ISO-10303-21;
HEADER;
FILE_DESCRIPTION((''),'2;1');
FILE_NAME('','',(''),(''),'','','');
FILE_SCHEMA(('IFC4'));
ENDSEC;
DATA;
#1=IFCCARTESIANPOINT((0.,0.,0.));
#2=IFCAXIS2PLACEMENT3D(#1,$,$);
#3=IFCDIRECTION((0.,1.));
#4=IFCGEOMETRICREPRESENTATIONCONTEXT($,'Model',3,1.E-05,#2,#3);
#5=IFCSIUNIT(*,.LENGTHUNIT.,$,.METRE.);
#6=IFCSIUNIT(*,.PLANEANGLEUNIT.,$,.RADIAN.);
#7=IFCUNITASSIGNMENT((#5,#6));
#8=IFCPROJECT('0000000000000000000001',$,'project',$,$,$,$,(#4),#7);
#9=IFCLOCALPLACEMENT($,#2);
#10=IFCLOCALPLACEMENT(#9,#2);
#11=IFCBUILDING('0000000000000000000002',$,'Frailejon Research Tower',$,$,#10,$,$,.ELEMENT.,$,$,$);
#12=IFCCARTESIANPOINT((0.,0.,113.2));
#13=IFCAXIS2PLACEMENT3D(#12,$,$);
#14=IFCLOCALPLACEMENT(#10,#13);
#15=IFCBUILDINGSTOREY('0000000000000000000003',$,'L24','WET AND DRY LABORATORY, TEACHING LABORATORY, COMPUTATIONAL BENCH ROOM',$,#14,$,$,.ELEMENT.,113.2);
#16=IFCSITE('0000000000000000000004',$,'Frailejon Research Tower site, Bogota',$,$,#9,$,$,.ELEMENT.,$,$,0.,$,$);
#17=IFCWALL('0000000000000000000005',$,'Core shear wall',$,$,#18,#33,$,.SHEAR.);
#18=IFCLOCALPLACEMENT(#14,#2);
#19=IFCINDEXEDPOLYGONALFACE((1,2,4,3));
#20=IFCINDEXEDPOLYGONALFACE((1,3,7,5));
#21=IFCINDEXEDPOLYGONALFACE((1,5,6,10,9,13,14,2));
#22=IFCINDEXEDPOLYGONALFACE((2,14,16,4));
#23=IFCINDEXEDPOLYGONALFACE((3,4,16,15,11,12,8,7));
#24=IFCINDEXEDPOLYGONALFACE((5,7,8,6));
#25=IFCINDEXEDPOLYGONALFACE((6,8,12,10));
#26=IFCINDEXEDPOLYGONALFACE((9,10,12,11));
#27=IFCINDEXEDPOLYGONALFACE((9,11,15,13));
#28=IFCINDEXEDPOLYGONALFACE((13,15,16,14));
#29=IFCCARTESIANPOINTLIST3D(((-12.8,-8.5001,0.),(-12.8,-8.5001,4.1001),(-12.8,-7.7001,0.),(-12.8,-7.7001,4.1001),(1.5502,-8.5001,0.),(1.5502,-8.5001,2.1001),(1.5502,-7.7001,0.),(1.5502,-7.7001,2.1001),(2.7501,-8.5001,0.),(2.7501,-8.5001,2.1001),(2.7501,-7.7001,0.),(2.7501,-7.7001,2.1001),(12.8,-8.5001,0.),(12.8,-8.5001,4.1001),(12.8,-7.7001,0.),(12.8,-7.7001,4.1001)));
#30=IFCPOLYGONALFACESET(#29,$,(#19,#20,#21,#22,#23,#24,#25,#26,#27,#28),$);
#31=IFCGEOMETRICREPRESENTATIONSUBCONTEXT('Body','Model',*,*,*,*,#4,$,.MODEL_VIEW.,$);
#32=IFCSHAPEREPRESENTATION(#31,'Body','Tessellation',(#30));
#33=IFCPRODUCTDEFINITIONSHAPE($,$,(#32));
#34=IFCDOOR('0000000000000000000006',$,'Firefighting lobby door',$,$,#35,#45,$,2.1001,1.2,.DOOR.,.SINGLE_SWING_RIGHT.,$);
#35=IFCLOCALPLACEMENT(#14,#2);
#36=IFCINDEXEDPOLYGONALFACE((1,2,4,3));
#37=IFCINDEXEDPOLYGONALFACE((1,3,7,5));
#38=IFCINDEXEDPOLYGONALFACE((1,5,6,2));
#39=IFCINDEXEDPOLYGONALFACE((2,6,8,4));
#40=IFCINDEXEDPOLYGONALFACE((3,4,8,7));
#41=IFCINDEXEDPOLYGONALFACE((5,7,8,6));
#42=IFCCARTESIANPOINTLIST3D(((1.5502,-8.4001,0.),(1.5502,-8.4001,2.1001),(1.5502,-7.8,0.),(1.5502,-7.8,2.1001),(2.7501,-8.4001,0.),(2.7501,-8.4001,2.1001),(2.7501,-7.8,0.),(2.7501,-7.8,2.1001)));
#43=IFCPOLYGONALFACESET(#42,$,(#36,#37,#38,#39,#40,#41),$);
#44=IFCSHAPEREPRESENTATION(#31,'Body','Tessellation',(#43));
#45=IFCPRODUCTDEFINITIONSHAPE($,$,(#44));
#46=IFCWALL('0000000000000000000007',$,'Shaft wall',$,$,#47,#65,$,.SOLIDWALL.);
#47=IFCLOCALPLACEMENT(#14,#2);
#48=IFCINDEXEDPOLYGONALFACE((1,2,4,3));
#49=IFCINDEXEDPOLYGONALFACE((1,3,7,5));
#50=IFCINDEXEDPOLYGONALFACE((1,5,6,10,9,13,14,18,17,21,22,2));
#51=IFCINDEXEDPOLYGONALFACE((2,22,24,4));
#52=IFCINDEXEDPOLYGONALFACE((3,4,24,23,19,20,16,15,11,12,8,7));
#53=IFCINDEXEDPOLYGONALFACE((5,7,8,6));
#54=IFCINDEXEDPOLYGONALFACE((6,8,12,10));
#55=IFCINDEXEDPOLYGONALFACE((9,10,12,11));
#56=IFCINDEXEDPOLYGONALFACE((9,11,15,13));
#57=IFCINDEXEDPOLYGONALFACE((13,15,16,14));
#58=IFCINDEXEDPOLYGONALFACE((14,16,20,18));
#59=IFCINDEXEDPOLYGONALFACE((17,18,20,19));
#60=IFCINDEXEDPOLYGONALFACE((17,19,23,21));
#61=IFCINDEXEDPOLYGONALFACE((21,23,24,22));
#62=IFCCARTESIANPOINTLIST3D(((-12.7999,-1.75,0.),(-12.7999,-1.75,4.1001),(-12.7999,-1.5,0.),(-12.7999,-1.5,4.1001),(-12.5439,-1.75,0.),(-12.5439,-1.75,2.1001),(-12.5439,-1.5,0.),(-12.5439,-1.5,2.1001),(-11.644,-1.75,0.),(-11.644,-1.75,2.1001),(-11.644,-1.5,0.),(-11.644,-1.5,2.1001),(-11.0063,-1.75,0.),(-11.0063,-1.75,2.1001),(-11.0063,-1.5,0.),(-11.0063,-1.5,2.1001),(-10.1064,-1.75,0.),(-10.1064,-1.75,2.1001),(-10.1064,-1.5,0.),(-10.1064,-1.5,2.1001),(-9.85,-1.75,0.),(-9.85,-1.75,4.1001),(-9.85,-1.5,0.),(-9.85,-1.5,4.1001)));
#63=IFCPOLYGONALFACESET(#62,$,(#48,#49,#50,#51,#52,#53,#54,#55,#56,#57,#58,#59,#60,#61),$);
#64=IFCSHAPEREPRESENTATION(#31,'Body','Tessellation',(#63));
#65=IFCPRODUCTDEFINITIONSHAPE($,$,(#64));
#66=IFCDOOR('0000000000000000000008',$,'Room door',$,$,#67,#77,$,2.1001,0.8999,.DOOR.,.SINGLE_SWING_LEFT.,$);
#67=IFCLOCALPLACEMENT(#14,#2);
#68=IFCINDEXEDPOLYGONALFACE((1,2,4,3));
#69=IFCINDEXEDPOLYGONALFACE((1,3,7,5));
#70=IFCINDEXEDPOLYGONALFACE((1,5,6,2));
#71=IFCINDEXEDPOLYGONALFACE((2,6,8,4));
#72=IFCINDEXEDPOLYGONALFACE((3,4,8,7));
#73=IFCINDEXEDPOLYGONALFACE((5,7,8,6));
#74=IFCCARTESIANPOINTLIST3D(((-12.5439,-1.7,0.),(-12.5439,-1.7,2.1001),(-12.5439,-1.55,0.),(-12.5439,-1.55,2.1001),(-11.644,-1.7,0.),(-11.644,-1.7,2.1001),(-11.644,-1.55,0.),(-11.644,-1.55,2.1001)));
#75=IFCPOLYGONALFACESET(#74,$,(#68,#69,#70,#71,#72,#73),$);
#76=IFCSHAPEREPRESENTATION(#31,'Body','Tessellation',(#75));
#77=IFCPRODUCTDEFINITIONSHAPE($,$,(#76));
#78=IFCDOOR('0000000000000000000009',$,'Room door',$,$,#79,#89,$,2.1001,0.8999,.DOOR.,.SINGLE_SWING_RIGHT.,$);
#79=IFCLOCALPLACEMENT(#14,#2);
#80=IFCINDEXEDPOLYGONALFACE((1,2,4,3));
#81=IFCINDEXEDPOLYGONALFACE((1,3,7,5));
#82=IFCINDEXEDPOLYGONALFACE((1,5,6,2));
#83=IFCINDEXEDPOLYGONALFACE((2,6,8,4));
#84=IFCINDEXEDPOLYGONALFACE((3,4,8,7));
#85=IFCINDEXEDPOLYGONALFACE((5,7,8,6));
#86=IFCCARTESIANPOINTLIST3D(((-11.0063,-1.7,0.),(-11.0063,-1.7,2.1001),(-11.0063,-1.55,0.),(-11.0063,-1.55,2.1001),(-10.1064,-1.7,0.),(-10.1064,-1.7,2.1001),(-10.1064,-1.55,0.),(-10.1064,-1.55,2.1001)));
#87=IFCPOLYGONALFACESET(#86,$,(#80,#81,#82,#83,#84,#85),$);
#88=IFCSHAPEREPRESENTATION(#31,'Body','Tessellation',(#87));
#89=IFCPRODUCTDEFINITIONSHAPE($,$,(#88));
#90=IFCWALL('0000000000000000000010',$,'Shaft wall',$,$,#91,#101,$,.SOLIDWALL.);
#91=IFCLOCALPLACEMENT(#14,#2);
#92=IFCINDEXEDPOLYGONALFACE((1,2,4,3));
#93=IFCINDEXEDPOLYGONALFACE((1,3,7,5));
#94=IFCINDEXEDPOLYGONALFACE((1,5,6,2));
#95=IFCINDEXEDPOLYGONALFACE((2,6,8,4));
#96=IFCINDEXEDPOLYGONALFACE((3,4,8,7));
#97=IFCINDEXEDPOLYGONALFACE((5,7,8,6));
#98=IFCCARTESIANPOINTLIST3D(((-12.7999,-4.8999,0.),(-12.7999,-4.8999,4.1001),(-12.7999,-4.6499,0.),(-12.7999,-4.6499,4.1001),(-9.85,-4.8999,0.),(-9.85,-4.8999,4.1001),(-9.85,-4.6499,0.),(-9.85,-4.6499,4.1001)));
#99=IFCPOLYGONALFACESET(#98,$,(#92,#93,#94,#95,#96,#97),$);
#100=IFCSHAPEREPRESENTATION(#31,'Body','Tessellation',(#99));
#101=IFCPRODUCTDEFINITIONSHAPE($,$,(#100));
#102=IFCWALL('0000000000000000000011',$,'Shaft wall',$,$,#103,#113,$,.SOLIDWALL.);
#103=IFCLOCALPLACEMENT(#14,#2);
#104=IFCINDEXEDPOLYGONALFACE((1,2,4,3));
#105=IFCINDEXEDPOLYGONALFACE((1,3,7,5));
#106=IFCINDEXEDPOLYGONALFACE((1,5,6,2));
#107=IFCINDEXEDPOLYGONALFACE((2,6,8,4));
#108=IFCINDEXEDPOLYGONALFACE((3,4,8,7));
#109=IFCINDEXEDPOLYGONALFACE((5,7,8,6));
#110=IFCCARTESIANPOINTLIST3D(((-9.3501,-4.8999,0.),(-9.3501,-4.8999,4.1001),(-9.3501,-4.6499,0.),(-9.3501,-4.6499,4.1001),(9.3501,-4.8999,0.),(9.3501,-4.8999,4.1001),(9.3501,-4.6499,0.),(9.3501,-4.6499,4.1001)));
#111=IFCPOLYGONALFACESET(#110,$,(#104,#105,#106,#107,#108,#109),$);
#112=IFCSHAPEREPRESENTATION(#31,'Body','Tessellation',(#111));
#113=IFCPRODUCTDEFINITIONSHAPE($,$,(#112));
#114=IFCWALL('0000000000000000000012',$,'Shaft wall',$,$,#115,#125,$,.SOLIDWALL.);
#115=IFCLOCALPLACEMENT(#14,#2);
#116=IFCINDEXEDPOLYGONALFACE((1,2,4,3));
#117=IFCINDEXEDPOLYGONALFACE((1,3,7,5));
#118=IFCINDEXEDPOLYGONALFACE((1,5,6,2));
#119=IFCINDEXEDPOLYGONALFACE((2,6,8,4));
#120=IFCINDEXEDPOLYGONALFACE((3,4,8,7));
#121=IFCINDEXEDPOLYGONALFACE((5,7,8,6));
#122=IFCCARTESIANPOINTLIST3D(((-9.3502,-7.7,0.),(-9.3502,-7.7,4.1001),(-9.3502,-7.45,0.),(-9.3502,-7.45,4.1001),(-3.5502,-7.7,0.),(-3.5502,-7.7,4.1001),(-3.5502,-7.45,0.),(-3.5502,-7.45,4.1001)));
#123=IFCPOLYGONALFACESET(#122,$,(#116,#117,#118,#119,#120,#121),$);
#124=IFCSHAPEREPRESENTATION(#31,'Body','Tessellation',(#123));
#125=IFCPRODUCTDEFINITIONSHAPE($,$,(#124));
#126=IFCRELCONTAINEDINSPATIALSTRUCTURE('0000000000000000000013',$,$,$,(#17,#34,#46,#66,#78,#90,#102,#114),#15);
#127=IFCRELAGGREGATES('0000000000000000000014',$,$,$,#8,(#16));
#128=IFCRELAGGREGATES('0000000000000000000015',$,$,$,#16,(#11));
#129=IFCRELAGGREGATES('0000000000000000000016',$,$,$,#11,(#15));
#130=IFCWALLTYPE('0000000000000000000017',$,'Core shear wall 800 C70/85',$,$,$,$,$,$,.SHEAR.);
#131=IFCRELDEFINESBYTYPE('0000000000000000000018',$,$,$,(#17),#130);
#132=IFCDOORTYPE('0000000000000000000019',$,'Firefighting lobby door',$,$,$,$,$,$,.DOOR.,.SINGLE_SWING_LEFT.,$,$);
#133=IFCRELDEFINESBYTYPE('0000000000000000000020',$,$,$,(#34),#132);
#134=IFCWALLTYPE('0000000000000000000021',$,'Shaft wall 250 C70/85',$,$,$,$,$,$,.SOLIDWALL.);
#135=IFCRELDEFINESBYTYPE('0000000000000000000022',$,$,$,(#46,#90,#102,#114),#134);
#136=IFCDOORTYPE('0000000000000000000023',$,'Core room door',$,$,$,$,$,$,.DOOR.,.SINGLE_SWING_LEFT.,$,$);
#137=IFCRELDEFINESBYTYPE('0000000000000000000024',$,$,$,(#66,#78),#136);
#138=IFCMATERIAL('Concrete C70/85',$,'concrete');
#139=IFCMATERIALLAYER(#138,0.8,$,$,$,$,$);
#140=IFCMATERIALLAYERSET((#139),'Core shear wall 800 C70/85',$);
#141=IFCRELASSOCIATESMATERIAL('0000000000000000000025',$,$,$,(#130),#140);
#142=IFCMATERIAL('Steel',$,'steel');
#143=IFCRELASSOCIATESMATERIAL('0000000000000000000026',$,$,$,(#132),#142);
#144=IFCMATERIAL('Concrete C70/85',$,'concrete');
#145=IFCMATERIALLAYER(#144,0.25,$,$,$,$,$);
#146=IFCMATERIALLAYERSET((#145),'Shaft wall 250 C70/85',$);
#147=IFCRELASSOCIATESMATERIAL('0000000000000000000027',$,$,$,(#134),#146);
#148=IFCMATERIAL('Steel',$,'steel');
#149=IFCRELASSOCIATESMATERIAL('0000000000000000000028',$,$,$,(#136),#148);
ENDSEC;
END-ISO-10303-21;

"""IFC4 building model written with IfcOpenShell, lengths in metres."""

from ifc_helpers import new_model, si_unit, direction, frame, frame_2d, origin, place, context, subcontext, project, spatial, rectangle, extrude, material, layer, layer_set, type_object, element, fill, save


model = new_model("IFC4")

# Units and contexts
model_context = context("Model", 3, precision=1e-05, world=origin(), true_north=direction((0.0, 1.0)))
body_context = subcontext(model_context, "Body", "Model", "MODEL_VIEW")
ifc_project = project(units=[si_unit("LENGTHUNIT", "METRE"), si_unit("PLANEANGLEUNIT", "RADIAN")], contexts=[model_context])

# Site, building, storey
site_placement = place(None, origin())
site = spatial("IfcSite", under=ifc_project, at=site_placement, Name="Frailejon Research Tower site, Bogota", CompositionType="ELEMENT", RefElevation=0.0)
building_placement = place(site_placement, origin())
building = spatial("IfcBuilding", under=site, at=building_placement, Name="Frailejon Research Tower", CompositionType="ELEMENT")
storey_placement = place(building_placement, frame((0.0, 0.0, 113.2)))
storey = spatial("IfcBuildingStorey", under=building, at=storey_placement, Name="L24", Description="WET AND DRY LABORATORY, TEACHING LABORATORY, COMPUTATIONAL BENCH ROOM", CompositionType="ELEMENT", Elevation=113.2)

# Shared definitions
ifc_material_1 = material(Name="Concrete C70/85", Category="concrete")
ifc_layer_1 = layer(ifc_material_1, 0.8)
ifc_layer_set_1 = layer_set([ifc_layer_1], Name="Core shear wall 800 C70/85")
wall_type_1 = type_object("IfcWallType", Name="Core shear wall 800 C70/85", PredefinedType="SHEAR", material=ifc_layer_set_1)

# Wall, opening, door
wall_1_placement = place(storey_placement, frame((-12.8, -8.1001, 0.0), z_axis=(0.0, 0.0, 1.0), x_axis=(1.0, 0.0, 0.0)))
wall_1 = element("IfcWall", 1, at=wall_1_placement, inside=storey, type_object=wall_type_1, Name="Core shear wall", PredefinedType="SHEAR", context=body_context, shape_type="SweptSolid", body=[
    extrude(rectangle(XDim=25.6001, YDim=0.8, at=frame_2d((12.8, 0.0))), origin(), (0.0, 0.0, 1.0), 4.1001),
])
opening_1_placement = place(wall_1_placement, frame((14.3501, 0.0, 0.0)))
opening_1 = element("IfcOpeningElement", 2, at=opening_1_placement, cuts=wall_1, PredefinedType="OPENING", context=body_context, shape_type="SweptSolid", body=[
    extrude(rectangle(XDim=1.2, YDim=2.1001, at=frame_2d((0.6001, 1.05))), frame((0.0, 0.4099, 0.0), z_axis=(0.0, -1.0, 0.0), x_axis=(1.0, 0.0, 0.0)), (0.0, 0.0, 1.0), 0.8201),
])
ifc_material_2 = material(Name="Steel", Category="steel")
door_type_1 = type_object("IfcDoorType", Name="Firefighting lobby door", OperationType="SINGLE_SWING_LEFT", PredefinedType="DOOR", material=ifc_material_2)
door_1_placement = place(opening_1_placement, origin())
door_1 = element("IfcDoor", 3, at=door_1_placement, inside=storey, type_object=door_type_1, Name="Firefighting lobby door", OperationType="SINGLE_SWING_RIGHT", OverallHeight=2.1001, OverallWidth=1.2, PredefinedType="DOOR", context=body_context, shape_type="SweptSolid", body=[
    extrude(rectangle(XDim=1.2, YDim=2.1001, at=frame_2d((0.6001, 1.05))), frame((0.0, 0.3, 0.0), z_axis=(0.0, -1.0, 0.0), x_axis=(1.0, 0.0, 0.0)), (0.0, 0.0, 1.0), 0.6001),
])
fill(opening_1, door_1)

# Wall, openings, doors
ifc_material_3 = material(Name="Concrete C70/85", Category="concrete")
ifc_layer_2 = layer(ifc_material_3, 0.25)
ifc_layer_set_2 = layer_set([ifc_layer_2], Name="Shaft wall 250 C70/85")
wall_type_2 = type_object("IfcWallType", Name="Shaft wall 250 C70/85", PredefinedType="SOLIDWALL", material=ifc_layer_set_2)
wall_2_placement = place(storey_placement, frame((-12.8, -1.625, 0.0), z_axis=(0.0, 0.0, 1.0), x_axis=(1.0, 0.0, 0.0)))
wall_2 = element("IfcWall", 4, at=wall_2_placement, inside=storey, type_object=wall_type_2, Name="Shaft wall", PredefinedType="SOLIDWALL", context=body_context, shape_type="SweptSolid", body=[
    extrude(rectangle(XDim=2.95, YDim=0.25, at=frame_2d((1.4751, 0.0))), origin(), (0.0, 0.0, 1.0), 4.1001),
])
opening_2_placement = place(wall_2_placement, frame((0.2561, 0.0, 0.0)))
opening_2 = element("IfcOpeningElement", 5, at=opening_2_placement, cuts=wall_2, PredefinedType="OPENING", context=body_context, shape_type="SweptSolid", body=[
    extrude(rectangle(XDim=0.8999, YDim=2.1001, at=frame_2d((0.45, 1.05))), frame((0.0, 0.135, 0.0), z_axis=(0.0, -1.0, 0.0), x_axis=(1.0, 0.0, 0.0)), (0.0, 0.0, 1.0), 0.27),
])
opening_3_placement = place(wall_2_placement, frame((1.7937, 0.0, 0.0)))
opening_3 = element("IfcOpeningElement", 6, at=opening_3_placement, cuts=wall_2, PredefinedType="OPENING", context=body_context, shape_type="SweptSolid", body=[
    extrude(rectangle(XDim=0.8999, YDim=2.1001, at=frame_2d((0.45, 1.05))), frame((0.0, 0.135, 0.0), z_axis=(0.0, -1.0, 0.0), x_axis=(1.0, 0.0, 0.0)), (0.0, 0.0, 1.0), 0.27),
])
ifc_material_4 = material(Name="Steel", Category="steel")
door_type_2 = type_object("IfcDoorType", Name="Core room door", OperationType="SINGLE_SWING_LEFT", PredefinedType="DOOR", material=ifc_material_4)
door_2_placement = place(opening_2_placement, origin())
door_2 = element("IfcDoor", 7, at=door_2_placement, inside=storey, type_object=door_type_2, Name="Room door", OperationType="SINGLE_SWING_LEFT", OverallHeight=2.1001, OverallWidth=0.8999, PredefinedType="DOOR", context=body_context, shape_type="SweptSolid", body=[
    extrude(rectangle(XDim=0.8999, YDim=2.1001, at=frame_2d((0.45, 1.05))), frame((0.0, 0.075, 0.0), z_axis=(0.0, -1.0, 0.0), x_axis=(1.0, 0.0, 0.0)), (0.0, 0.0, 1.0), 0.1499),
])
fill(opening_2, door_2)
door_3_placement = place(opening_3_placement, origin())
door_3 = element("IfcDoor", 8, at=door_3_placement, inside=storey, type_object=door_type_2, Name="Room door", OperationType="SINGLE_SWING_RIGHT", OverallHeight=2.1001, OverallWidth=0.8999, PredefinedType="DOOR", context=body_context, shape_type="SweptSolid", body=[
    extrude(rectangle(XDim=0.8999, YDim=2.1001, at=frame_2d((0.45, 1.05))), frame((0.0, 0.075, 0.0), z_axis=(0.0, -1.0, 0.0), x_axis=(1.0, 0.0, 0.0)), (0.0, 0.0, 1.0), 0.1499),
])
fill(opening_3, door_3)

# Walls
wall_3_placement = place(storey_placement, frame((-12.8, -4.7749, 0.0), z_axis=(0.0, 0.0, 1.0), x_axis=(1.0, 0.0, 0.0)))
element("IfcWall", 9, at=wall_3_placement, inside=storey, type_object=wall_type_2, Name="Shaft wall", PredefinedType="SOLIDWALL", context=body_context, shape_type="SweptSolid", body=[
    extrude(rectangle(XDim=2.95, YDim=0.25, at=frame_2d((1.4751, 0.0))), origin(), (0.0, 0.0, 1.0), 4.1001),
])
wall_4_placement = place(storey_placement, frame((-9.3501, -4.7749, 0.0), z_axis=(0.0, 0.0, 1.0), x_axis=(1.0, 0.0, 0.0)))
element("IfcWall", 10, at=wall_4_placement, inside=storey, type_object=wall_type_2, Name="Shaft wall", PredefinedType="SOLIDWALL", context=body_context, shape_type="SweptSolid", body=[
    extrude(rectangle(XDim=18.7002, YDim=0.25, at=frame_2d((9.3501, 0.0))), origin(), (0.0, 0.0, 1.0), 4.1001),
])
wall_5_placement = place(storey_placement, frame((-9.3501, -7.575, 0.0), z_axis=(0.0, 0.0, 1.0), x_axis=(1.0, 0.0, 0.0)))
element("IfcWall", 11, at=wall_5_placement, inside=storey, type_object=wall_type_2, Name="Shaft wall", PredefinedType="SOLIDWALL", context=body_context, shape_type="SweptSolid", body=[
    extrude(rectangle(XDim=5.8, YDim=0.25, at=frame_2d((2.8999, 0.0))), origin(), (0.0, 0.0, 1.0), 4.1001),
])

save(model, "model.ifc")
